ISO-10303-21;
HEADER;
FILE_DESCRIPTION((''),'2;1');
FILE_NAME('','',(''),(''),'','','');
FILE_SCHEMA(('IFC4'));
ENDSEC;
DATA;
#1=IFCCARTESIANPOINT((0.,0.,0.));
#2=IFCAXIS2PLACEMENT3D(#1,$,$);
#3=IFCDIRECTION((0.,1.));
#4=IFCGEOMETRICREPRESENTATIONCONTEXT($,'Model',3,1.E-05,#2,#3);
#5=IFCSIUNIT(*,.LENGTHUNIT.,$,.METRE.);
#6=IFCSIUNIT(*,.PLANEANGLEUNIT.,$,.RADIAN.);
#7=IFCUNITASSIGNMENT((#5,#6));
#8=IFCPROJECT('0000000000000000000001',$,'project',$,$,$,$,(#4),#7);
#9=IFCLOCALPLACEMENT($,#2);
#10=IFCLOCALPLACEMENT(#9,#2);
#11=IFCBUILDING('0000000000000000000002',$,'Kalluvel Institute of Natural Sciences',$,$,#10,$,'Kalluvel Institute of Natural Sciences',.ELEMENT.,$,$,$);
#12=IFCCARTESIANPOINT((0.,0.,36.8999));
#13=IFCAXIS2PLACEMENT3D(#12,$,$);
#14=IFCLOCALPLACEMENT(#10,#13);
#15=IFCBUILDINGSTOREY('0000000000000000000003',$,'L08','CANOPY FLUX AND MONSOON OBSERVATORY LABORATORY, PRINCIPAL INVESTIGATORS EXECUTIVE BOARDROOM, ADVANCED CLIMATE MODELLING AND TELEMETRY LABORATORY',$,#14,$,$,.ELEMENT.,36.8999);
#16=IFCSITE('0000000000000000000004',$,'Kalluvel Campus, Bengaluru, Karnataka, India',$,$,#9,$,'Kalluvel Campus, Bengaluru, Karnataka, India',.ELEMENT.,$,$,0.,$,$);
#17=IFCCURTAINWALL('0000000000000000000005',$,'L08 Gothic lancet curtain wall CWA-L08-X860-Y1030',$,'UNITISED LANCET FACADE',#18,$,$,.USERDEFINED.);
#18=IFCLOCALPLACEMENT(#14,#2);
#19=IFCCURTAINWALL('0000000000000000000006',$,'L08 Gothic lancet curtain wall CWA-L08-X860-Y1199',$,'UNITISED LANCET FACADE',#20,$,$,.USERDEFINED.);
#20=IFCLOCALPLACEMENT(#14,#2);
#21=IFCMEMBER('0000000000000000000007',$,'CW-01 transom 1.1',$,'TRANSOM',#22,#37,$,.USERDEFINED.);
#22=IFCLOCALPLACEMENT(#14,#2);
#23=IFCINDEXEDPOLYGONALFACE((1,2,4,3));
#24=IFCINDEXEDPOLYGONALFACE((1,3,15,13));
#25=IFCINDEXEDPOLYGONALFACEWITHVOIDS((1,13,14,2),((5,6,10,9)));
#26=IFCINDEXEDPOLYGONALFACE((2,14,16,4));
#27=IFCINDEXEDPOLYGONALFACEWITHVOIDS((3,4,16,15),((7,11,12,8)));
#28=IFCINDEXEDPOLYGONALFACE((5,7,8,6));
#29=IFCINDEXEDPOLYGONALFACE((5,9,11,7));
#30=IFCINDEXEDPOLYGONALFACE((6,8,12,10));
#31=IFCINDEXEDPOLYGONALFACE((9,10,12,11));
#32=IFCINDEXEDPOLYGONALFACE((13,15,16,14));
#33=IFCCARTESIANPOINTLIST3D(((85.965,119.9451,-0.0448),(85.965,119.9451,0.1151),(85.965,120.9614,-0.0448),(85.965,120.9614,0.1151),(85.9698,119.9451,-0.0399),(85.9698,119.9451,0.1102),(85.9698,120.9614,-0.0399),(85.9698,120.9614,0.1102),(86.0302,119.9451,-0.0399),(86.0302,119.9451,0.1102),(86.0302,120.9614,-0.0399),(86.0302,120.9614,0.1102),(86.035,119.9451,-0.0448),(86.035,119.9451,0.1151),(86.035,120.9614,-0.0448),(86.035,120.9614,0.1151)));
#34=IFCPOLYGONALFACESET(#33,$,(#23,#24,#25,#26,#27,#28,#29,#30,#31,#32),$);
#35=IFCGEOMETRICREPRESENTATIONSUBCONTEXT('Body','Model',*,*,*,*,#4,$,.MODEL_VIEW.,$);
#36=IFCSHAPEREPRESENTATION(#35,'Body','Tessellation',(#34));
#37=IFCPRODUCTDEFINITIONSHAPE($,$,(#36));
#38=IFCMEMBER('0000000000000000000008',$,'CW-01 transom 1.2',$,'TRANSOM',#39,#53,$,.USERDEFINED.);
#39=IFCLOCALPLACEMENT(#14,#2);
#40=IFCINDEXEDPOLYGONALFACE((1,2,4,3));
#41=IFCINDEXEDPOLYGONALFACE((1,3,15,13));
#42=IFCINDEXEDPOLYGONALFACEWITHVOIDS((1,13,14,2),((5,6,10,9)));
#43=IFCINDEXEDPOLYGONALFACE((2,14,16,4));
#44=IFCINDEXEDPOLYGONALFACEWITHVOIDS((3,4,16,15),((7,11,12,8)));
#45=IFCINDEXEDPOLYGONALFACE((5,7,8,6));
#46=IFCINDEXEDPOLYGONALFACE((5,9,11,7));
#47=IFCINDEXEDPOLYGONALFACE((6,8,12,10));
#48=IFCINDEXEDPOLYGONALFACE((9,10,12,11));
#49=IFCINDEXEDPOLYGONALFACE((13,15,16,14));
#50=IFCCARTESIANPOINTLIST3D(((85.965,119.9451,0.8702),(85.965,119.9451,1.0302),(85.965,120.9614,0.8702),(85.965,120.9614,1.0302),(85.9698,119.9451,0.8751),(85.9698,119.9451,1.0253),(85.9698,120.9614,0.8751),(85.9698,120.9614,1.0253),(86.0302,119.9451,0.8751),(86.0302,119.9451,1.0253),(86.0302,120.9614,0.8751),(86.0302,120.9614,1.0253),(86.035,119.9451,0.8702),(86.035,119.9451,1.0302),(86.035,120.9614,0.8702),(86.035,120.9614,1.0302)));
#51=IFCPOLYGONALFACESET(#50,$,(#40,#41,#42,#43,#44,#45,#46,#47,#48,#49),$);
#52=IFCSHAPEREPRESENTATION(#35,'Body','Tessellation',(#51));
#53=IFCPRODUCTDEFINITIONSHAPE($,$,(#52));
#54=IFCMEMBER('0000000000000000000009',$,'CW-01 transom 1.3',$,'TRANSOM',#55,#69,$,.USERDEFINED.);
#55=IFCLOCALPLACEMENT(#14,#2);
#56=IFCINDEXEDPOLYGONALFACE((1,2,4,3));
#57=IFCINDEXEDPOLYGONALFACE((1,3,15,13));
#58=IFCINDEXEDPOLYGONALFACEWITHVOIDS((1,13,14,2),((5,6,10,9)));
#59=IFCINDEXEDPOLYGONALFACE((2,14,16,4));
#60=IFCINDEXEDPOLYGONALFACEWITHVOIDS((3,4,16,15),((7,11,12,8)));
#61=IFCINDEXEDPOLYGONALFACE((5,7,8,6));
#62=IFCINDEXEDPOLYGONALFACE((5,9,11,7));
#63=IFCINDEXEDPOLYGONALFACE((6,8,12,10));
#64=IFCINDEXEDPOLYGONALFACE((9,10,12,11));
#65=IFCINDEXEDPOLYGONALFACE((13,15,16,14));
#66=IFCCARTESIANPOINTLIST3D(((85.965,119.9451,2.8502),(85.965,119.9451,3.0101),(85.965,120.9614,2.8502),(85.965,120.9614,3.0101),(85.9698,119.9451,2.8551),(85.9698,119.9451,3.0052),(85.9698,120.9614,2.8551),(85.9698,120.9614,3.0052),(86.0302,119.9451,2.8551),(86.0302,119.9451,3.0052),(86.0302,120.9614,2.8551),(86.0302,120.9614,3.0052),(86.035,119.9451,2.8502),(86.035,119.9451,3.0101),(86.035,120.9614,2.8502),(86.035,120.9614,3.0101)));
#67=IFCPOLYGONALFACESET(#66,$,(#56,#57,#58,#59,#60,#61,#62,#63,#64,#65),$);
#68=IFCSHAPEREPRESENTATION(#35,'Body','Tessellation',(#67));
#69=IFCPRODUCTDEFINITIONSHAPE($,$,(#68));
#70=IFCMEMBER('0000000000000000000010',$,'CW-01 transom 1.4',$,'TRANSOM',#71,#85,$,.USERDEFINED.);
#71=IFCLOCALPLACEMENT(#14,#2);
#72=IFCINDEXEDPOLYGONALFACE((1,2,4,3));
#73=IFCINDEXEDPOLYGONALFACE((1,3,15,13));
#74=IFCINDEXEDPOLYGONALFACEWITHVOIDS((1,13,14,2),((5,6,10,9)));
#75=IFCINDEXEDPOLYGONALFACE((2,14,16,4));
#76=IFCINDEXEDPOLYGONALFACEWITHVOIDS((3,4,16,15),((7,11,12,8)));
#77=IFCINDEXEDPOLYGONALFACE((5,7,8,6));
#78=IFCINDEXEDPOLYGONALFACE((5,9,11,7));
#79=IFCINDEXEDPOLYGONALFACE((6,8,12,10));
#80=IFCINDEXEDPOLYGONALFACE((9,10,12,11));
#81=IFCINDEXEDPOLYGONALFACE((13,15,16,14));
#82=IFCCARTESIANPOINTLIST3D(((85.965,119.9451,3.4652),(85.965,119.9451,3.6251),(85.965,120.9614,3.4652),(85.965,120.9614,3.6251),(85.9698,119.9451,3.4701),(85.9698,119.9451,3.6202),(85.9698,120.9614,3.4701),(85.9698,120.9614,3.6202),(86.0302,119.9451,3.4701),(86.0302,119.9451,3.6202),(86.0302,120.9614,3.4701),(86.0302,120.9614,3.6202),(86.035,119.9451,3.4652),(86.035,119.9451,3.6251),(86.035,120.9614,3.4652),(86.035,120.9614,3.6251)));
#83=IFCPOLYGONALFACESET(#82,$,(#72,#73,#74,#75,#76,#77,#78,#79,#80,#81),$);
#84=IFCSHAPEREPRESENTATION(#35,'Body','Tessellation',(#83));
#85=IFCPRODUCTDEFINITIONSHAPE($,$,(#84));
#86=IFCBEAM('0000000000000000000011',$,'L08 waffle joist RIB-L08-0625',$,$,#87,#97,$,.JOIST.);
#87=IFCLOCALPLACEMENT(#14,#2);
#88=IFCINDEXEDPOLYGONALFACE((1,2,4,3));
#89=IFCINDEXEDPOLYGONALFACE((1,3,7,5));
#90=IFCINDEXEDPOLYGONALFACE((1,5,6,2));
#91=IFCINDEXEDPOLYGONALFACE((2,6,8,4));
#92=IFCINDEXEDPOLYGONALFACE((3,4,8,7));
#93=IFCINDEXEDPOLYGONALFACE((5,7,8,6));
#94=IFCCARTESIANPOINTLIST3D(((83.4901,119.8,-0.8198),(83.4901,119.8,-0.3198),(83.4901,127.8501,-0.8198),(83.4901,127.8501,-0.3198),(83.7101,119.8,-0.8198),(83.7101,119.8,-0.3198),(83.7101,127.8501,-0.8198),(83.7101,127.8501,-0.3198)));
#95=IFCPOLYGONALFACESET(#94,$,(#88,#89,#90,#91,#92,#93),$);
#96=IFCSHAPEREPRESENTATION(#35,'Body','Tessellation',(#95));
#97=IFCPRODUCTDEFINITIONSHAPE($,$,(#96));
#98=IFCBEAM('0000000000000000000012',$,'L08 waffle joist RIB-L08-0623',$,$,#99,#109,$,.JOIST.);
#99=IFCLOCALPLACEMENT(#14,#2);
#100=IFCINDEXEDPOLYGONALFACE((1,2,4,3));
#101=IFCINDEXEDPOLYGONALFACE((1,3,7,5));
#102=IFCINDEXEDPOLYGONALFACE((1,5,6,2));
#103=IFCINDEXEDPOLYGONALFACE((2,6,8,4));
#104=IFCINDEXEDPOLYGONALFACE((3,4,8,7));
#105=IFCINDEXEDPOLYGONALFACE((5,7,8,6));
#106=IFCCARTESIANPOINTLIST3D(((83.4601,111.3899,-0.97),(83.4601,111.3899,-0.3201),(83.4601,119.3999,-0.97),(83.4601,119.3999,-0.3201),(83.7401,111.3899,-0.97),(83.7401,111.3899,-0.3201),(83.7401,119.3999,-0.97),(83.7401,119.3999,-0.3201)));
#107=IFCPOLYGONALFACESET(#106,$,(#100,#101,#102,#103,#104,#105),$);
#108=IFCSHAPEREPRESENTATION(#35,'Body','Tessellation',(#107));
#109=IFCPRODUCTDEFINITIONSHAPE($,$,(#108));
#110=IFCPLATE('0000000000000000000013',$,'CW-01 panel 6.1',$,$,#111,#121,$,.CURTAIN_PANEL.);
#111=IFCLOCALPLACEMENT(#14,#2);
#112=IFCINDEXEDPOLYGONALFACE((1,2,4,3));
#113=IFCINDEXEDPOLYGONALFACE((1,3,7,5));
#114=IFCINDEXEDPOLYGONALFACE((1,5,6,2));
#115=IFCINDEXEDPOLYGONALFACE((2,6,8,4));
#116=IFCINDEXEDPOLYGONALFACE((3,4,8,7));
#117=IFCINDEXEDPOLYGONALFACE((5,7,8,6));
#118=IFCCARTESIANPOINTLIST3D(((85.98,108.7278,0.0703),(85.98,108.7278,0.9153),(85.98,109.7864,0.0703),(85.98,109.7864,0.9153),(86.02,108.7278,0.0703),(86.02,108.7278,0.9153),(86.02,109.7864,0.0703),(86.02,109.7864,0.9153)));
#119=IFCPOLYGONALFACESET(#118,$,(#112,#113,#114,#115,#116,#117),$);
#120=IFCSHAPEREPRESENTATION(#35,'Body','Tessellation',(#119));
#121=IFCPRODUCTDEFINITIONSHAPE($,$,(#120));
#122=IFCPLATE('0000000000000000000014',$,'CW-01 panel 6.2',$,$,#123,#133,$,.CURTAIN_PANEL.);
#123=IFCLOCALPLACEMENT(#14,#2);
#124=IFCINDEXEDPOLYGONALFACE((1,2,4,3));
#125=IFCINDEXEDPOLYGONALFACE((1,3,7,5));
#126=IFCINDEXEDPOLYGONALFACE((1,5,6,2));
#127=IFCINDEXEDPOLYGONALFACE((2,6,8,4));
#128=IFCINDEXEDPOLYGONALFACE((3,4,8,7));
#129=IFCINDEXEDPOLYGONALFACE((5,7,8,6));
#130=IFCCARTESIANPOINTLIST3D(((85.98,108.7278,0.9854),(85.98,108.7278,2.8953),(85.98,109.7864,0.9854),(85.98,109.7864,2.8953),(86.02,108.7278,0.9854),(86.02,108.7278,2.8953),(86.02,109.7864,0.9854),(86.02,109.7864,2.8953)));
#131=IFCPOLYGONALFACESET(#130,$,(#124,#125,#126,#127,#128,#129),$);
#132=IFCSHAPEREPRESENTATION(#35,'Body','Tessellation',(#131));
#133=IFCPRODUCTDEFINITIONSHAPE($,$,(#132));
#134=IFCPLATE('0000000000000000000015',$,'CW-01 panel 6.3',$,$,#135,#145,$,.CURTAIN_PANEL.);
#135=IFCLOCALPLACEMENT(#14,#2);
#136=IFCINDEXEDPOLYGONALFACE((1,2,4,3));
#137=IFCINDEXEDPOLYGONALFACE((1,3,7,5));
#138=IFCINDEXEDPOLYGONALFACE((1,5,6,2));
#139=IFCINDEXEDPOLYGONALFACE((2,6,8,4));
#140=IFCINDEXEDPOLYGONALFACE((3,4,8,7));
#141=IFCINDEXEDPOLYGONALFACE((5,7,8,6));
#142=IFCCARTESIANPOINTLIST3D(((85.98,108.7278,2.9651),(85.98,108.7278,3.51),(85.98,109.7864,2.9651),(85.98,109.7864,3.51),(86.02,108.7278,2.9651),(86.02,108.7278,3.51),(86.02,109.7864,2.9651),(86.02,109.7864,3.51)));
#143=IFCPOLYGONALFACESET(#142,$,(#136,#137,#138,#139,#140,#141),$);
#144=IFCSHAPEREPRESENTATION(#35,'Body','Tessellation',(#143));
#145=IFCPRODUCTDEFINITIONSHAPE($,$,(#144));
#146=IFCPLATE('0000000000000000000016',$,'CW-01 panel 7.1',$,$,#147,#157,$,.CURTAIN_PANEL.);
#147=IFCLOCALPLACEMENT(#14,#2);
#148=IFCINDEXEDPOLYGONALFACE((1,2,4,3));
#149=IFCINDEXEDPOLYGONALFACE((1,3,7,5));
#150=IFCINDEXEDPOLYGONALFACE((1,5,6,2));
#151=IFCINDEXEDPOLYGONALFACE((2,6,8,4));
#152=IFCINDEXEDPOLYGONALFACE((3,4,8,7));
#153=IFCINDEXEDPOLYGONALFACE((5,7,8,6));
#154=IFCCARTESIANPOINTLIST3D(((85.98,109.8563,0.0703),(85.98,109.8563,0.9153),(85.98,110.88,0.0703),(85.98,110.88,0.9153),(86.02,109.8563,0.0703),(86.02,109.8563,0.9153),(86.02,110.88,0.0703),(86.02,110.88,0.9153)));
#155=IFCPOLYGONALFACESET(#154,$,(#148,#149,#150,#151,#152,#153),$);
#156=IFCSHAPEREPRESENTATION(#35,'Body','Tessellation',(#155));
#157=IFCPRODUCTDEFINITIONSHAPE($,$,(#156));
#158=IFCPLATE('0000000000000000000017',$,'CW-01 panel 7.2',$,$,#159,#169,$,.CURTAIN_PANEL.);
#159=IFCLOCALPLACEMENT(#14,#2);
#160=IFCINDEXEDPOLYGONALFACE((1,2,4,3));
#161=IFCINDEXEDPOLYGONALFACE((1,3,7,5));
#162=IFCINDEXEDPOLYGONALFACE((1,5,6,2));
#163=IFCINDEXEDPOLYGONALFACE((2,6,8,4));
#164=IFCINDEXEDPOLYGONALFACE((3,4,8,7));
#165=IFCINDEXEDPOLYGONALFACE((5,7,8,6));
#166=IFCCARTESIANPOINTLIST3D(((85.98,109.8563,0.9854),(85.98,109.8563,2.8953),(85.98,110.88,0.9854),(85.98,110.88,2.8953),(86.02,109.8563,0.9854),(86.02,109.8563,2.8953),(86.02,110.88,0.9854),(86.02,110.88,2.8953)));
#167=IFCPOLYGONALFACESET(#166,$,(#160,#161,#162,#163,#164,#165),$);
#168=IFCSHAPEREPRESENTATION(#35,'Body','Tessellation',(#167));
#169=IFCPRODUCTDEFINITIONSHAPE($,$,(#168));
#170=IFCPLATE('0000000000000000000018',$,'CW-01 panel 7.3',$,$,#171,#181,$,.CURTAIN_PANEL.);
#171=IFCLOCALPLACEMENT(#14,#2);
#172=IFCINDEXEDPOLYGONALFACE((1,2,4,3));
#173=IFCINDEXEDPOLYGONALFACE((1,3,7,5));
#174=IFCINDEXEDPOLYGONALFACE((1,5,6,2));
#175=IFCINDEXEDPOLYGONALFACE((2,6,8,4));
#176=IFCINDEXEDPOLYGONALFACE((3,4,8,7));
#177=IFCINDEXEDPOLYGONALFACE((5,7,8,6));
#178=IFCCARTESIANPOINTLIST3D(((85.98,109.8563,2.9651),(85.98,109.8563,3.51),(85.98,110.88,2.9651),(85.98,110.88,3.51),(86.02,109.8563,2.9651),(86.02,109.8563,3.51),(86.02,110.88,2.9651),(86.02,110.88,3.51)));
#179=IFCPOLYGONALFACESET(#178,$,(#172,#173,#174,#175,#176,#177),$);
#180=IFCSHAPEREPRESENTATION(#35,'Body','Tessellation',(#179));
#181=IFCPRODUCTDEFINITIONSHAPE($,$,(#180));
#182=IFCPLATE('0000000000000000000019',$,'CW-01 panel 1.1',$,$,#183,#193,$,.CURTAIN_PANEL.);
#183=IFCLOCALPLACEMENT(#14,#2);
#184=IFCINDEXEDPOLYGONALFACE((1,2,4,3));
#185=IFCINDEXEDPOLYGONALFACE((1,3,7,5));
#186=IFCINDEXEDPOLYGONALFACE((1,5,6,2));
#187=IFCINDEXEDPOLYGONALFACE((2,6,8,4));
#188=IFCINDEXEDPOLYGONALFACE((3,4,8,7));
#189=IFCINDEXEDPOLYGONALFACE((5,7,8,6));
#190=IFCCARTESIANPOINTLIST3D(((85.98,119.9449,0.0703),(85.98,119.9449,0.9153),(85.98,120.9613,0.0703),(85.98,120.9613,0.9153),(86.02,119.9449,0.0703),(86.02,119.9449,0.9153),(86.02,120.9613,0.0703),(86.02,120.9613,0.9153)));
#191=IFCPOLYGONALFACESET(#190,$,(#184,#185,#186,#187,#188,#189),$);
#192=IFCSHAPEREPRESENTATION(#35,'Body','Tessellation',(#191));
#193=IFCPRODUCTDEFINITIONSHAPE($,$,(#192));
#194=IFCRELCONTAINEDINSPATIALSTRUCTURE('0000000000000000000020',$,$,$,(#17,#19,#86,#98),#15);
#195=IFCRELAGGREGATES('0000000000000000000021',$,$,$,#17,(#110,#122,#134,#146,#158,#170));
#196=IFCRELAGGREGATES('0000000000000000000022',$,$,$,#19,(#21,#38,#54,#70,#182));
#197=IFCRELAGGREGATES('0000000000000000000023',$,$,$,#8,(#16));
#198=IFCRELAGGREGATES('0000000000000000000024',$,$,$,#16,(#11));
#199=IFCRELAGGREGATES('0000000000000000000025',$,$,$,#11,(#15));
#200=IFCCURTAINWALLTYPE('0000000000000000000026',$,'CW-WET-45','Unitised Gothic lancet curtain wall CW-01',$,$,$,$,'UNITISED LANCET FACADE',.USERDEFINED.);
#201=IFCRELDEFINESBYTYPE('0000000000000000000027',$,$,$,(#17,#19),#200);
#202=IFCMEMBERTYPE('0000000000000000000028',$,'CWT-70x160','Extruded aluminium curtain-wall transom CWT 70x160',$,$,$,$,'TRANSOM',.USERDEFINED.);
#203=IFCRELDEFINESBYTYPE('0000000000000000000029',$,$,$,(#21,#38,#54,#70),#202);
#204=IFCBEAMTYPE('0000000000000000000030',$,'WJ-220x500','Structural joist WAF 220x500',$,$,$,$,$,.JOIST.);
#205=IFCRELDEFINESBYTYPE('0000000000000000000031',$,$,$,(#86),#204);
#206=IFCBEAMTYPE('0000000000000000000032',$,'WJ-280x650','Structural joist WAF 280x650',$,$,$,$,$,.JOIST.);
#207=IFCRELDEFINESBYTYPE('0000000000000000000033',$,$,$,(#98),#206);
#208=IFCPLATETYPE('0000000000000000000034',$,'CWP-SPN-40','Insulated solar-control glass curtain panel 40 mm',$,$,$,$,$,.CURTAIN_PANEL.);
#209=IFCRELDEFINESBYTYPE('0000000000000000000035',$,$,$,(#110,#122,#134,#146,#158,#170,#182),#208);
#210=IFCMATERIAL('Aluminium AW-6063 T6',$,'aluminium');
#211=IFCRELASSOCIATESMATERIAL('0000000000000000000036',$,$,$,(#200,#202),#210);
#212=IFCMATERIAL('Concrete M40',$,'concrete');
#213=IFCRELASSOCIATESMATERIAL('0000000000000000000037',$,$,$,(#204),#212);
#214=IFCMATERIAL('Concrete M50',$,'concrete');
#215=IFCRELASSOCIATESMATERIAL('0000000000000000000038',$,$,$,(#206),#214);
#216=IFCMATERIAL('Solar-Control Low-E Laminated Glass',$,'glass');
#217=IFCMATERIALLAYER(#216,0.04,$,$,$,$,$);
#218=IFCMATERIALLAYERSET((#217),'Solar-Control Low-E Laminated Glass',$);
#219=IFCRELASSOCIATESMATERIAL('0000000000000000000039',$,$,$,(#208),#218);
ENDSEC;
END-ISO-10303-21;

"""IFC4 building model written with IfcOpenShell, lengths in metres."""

from ifc_helpers import new_model, si_unit, direction, frame, origin, origin_2d, place, context, subcontext, project, spatial, rectangle, hollow_rectangle, extrude, material, layer, layer_set, material_profile, profile_set, type_object, element, aggregate, save


model = new_model("IFC4")

# Units and contexts
model_context = context("Model", 3, precision=1e-05, world=origin(), true_north=direction((0.0, 1.0)))
body_context = subcontext(model_context, "Body", "Model", "MODEL_VIEW")
ifc_project = project(units=[si_unit("LENGTHUNIT", "METRE"), si_unit("PLANEANGLEUNIT", "RADIAN")], contexts=[model_context])

# Site, building, storey
site_placement = place(None, origin())
site = spatial("IfcSite", under=ifc_project, at=site_placement, Name="Kalluvel Campus, Bengaluru, Karnataka, India", LongName="Kalluvel Campus, Bengaluru, Karnataka, India", CompositionType="ELEMENT", RefElevation=0.0)
building_placement = place(site_placement, origin())
building = spatial("IfcBuilding", under=site, at=building_placement, Name="Kalluvel Institute of Natural Sciences", LongName="Kalluvel Institute of Natural Sciences", CompositionType="ELEMENT")
storey_placement = place(building_placement, frame((0.0, 0.0, 36.8999)))
storey = spatial("IfcBuildingStorey", under=building, at=storey_placement, Name="L08", Description="CANOPY FLUX AND MONSOON OBSERVATORY LABORATORY, PRINCIPAL INVESTIGATORS EXECUTIVE BOARDROOM, ADVANCED CLIMATE MODELLING AND TELEMETRY LABORATORY", CompositionType="ELEMENT", Elevation=36.8999)

# Shared definitions
ifc_material_1 = material(Name="Concrete M40", Category="concrete")

# Shared definitions
ifc_material_2 = material(Name="Concrete M50", Category="concrete")

# Curtain wall
ifc_material_3 = material(Name="Aluminium AW-6063 T6", Category="aluminium")
curtain_wall_type = type_object("IfcCurtainWallType", Name="CW-WET-45", Description="Unitised Gothic lancet curtain wall CW-01", ElementType="UNITISED LANCET FACADE", PredefinedType="USERDEFINED", material=ifc_material_3)
curtain_wall_1_placement = place(storey_placement, origin())
curtain_wall_1 = element("IfcCurtainWall", 1, at=curtain_wall_1_placement, inside=storey, type_object=curtain_wall_type, Name="L08 Gothic lancet curtain wall CWA-L08-X860-Y1030", ObjectType="UNITISED LANCET FACADE", PredefinedType="USERDEFINED")

# Curtain wall
curtain_wall_2_placement = place(storey_placement, origin())
curtain_wall_2 = element("IfcCurtainWall", 2, at=curtain_wall_2_placement, inside=storey, type_object=curtain_wall_type, Name="L08 Gothic lancet curtain wall CWA-L08-X860-Y1199", ObjectType="UNITISED LANCET FACADE", PredefinedType="USERDEFINED")

# Members
ifc_material_profile_1 = material_profile(ifc_material_3, hollow_rectangle(XDim=0.0701, YDim=0.1599, WallThickness=0.0049, at=origin_2d()), Name="CWT 70x160")
ifc_profile_set_1 = profile_set([ifc_material_profile_1], Name="Aluminium AW-6063 T6")
member_type_1 = type_object("IfcMemberType", Name="CWT-70x160", Description="Extruded aluminium curtain-wall transom CWT 70x160", ElementType="TRANSOM", PredefinedType="USERDEFINED", material=ifc_profile_set_1)
member_1_placement = place(storey_placement, frame((86.0, 119.9451, 0.0352), z_axis=(0.0, 1.0, 0.0), x_axis=(-1.0, 0.0, 0.0)))
member_1 = element("IfcMember", 3, at=member_1_placement, type_object=member_type_1, Name="CW-01 transom 1.1", ObjectType="TRANSOM", PredefinedType="USERDEFINED", context=body_context, shape_type="SweptSolid", body=[
    extrude(hollow_rectangle(XDim=0.0701, YDim=0.1599, WallThickness=0.0049, at=origin_2d()), origin(), (0.0, 0.0, 1.0), 1.0164),
])
member_2_placement = place(storey_placement, frame((86.0, 119.9451, 0.9502), z_axis=(0.0, 1.0, 0.0), x_axis=(-1.0, 0.0, 0.0)))
member_2 = element("IfcMember", 4, at=member_2_placement, type_object=member_type_1, Name="CW-01 transom 1.2", ObjectType="TRANSOM", PredefinedType="USERDEFINED", context=body_context, shape_type="SweptSolid", body=[
    extrude(hollow_rectangle(XDim=0.0701, YDim=0.1599, WallThickness=0.0049, at=origin_2d()), origin(), (0.0, 0.0, 1.0), 1.0164),
])
member_3_placement = place(storey_placement, frame((86.0, 119.9451, 2.9302), z_axis=(0.0, 1.0, 0.0), x_axis=(-1.0, 0.0, 0.0)))
member_3 = element("IfcMember", 5, at=member_3_placement, type_object=member_type_1, Name="CW-01 transom 1.3", ObjectType="TRANSOM", PredefinedType="USERDEFINED", context=body_context, shape_type="SweptSolid", body=[
    extrude(hollow_rectangle(XDim=0.0701, YDim=0.1599, WallThickness=0.0049, at=origin_2d()), origin(), (0.0, 0.0, 1.0), 1.0164),
])
member_4_placement = place(storey_placement, frame((86.0, 119.9451, 3.5452), z_axis=(0.0, 1.0, 0.0), x_axis=(-1.0, 0.0, 0.0)))
member_4 = element("IfcMember", 6, at=member_4_placement, type_object=member_type_1, Name="CW-01 transom 1.4", ObjectType="TRANSOM", PredefinedType="USERDEFINED", context=body_context, shape_type="SweptSolid", body=[
    extrude(hollow_rectangle(XDim=0.0701, YDim=0.1599, WallThickness=0.0049, at=origin_2d()), origin(), (0.0, 0.0, 1.0), 1.0164),
])

# Beams
ifc_material_profile_2 = material_profile(ifc_material_1, rectangle(XDim=0.22, YDim=0.5, at=origin_2d()), Name="WAF 220x500")
ifc_profile_set_2 = profile_set([ifc_material_profile_2], Name="Concrete M40")
beam_type_1 = type_object("IfcBeamType", Name="WJ-220x500", Description="Structural joist WAF 220x500", PredefinedType="JOIST", material=ifc_profile_set_2)
beam_1_placement = place(storey_placement, frame((83.6001, 119.8, -0.5698), z_axis=(0.0, 1.0, 0.0), x_axis=(-1.0, 0.0, 0.0)))
element("IfcBeam", 7, at=beam_1_placement, inside=storey, type_object=beam_type_1, Name="L08 waffle joist RIB-L08-0625", PredefinedType="JOIST", context=body_context, shape_type="SweptSolid", body=[
    extrude(rectangle(XDim=0.22, YDim=0.5, at=origin_2d()), origin(), (0.0, 0.0, 1.0), 8.05),
])
ifc_material_profile_3 = material_profile(ifc_material_2, rectangle(XDim=0.28, YDim=0.6499, at=origin_2d()), Name="WAF 280x650")
ifc_profile_set_3 = profile_set([ifc_material_profile_3], Name="Concrete M50")
beam_type_2 = type_object("IfcBeamType", Name="WJ-280x650", Description="Structural joist WAF 280x650", PredefinedType="JOIST", material=ifc_profile_set_3)
beam_2_placement = place(storey_placement, frame((83.6001, 111.3899, -0.645), z_axis=(0.0, 1.0, 0.0), x_axis=(-1.0, 0.0, 0.0)))
element("IfcBeam", 8, at=beam_2_placement, inside=storey, type_object=beam_type_2, Name="L08 waffle joist RIB-L08-0623", PredefinedType="JOIST", context=body_context, shape_type="SweptSolid", body=[
    extrude(rectangle(XDim=0.28, YDim=0.6499, at=origin_2d()), origin(), (0.0, 0.0, 1.0), 8.01),
])

# Plates
ifc_material_4 = material(Name="Solar-Control Low-E Laminated Glass", Category="glass")
ifc_layer_1 = layer(ifc_material_4, 0.04)
ifc_layer_set_1 = layer_set([ifc_layer_1], Name="Solar-Control Low-E Laminated Glass")
plate_type = type_object("IfcPlateType", Name="CWP-SPN-40", Description="Insulated solar-control glass curtain panel 40 mm", PredefinedType="CURTAIN_PANEL", material=ifc_layer_set_1)
plate_1_placement = place(storey_placement, frame((86.0, 109.2571, 0.0703), z_axis=(0.0, 0.0, 1.0), x_axis=(0.0, 1.0, 0.0)))
plate_1 = element("IfcPlate", 9, at=plate_1_placement, type_object=plate_type, Name="CW-01 panel 6.1", PredefinedType="CURTAIN_PANEL", context=body_context, shape_type="SweptSolid", body=[
    extrude(rectangle(XDim=1.0586, YDim=0.04, at=origin_2d()), origin(), (0.0, 0.0, 1.0), 0.845),
])
plate_2_placement = place(storey_placement, frame((86.0, 109.2571, 0.9854), z_axis=(0.0, 0.0, 1.0), x_axis=(0.0, 1.0, 0.0)))
plate_2 = element("IfcPlate", 10, at=plate_2_placement, type_object=plate_type, Name="CW-01 panel 6.2", PredefinedType="CURTAIN_PANEL", context=body_context, shape_type="SweptSolid", body=[
    extrude(rectangle(XDim=1.0586, YDim=0.04, at=origin_2d()), origin(), (0.0, 0.0, 1.0), 1.9099),
])
plate_3_placement = place(storey_placement, frame((86.0, 109.2571, 2.9651), z_axis=(0.0, 0.0, 1.0), x_axis=(0.0, 1.0, 0.0)))
plate_3 = element("IfcPlate", 11, at=plate_3_placement, type_object=plate_type, Name="CW-01 panel 6.3", PredefinedType="CURTAIN_PANEL", context=body_context, shape_type="SweptSolid", body=[
    extrude(rectangle(XDim=1.0586, YDim=0.04, at=origin_2d()), origin(), (0.0, 0.0, 1.0), 0.5449),
])
plate_4_placement = place(storey_placement, frame((86.0, 110.3682, 0.0703), z_axis=(0.0, 0.0, 1.0), x_axis=(0.0, 1.0, 0.0)))
plate_4 = element("IfcPlate", 12, at=plate_4_placement, type_object=plate_type, Name="CW-01 panel 7.1", PredefinedType="CURTAIN_PANEL", context=body_context, shape_type="SweptSolid", body=[
    extrude(rectangle(XDim=1.0237, YDim=0.04, at=origin_2d()), origin(), (0.0, 0.0, 1.0), 0.845),
])
plate_5_placement = place(storey_placement, frame((86.0, 110.3682, 0.9854), z_axis=(0.0, 0.0, 1.0), x_axis=(0.0, 1.0, 0.0)))
plate_5 = element("IfcPlate", 13, at=plate_5_placement, type_object=plate_type, Name="CW-01 panel 7.2", PredefinedType="CURTAIN_PANEL", context=body_context, shape_type="SweptSolid", body=[
    extrude(rectangle(XDim=1.0237, YDim=0.04, at=origin_2d()), origin(), (0.0, 0.0, 1.0), 1.9099),
])
plate_6_placement = place(storey_placement, frame((86.0, 110.3682, 2.9651), z_axis=(0.0, 0.0, 1.0), x_axis=(0.0, 1.0, 0.0)))
plate_6 = element("IfcPlate", 14, at=plate_6_placement, type_object=plate_type, Name="CW-01 panel 7.3", PredefinedType="CURTAIN_PANEL", context=body_context, shape_type="SweptSolid", body=[
    extrude(rectangle(XDim=1.0237, YDim=0.04, at=origin_2d()), origin(), (0.0, 0.0, 1.0), 0.5449),
])
aggregate(curtain_wall_1, [plate_1, plate_2, plate_3, plate_4, plate_5, plate_6])
plate_7_placement = place(storey_placement, frame((86.0, 120.4531, 0.0703), z_axis=(0.0, 0.0, 1.0), x_axis=(0.0, 1.0, 0.0)))
plate_7 = element("IfcPlate", 15, at=plate_7_placement, type_object=plate_type, Name="CW-01 panel 1.1", PredefinedType="CURTAIN_PANEL", context=body_context, shape_type="SweptSolid", body=[
    extrude(rectangle(XDim=1.0164, YDim=0.04, at=origin_2d()), origin(), (0.0, 0.0, 1.0), 0.845),
])
aggregate(curtain_wall_2, [member_1, member_2, member_3, member_4, plate_7])

save(model, "model.ifc")
